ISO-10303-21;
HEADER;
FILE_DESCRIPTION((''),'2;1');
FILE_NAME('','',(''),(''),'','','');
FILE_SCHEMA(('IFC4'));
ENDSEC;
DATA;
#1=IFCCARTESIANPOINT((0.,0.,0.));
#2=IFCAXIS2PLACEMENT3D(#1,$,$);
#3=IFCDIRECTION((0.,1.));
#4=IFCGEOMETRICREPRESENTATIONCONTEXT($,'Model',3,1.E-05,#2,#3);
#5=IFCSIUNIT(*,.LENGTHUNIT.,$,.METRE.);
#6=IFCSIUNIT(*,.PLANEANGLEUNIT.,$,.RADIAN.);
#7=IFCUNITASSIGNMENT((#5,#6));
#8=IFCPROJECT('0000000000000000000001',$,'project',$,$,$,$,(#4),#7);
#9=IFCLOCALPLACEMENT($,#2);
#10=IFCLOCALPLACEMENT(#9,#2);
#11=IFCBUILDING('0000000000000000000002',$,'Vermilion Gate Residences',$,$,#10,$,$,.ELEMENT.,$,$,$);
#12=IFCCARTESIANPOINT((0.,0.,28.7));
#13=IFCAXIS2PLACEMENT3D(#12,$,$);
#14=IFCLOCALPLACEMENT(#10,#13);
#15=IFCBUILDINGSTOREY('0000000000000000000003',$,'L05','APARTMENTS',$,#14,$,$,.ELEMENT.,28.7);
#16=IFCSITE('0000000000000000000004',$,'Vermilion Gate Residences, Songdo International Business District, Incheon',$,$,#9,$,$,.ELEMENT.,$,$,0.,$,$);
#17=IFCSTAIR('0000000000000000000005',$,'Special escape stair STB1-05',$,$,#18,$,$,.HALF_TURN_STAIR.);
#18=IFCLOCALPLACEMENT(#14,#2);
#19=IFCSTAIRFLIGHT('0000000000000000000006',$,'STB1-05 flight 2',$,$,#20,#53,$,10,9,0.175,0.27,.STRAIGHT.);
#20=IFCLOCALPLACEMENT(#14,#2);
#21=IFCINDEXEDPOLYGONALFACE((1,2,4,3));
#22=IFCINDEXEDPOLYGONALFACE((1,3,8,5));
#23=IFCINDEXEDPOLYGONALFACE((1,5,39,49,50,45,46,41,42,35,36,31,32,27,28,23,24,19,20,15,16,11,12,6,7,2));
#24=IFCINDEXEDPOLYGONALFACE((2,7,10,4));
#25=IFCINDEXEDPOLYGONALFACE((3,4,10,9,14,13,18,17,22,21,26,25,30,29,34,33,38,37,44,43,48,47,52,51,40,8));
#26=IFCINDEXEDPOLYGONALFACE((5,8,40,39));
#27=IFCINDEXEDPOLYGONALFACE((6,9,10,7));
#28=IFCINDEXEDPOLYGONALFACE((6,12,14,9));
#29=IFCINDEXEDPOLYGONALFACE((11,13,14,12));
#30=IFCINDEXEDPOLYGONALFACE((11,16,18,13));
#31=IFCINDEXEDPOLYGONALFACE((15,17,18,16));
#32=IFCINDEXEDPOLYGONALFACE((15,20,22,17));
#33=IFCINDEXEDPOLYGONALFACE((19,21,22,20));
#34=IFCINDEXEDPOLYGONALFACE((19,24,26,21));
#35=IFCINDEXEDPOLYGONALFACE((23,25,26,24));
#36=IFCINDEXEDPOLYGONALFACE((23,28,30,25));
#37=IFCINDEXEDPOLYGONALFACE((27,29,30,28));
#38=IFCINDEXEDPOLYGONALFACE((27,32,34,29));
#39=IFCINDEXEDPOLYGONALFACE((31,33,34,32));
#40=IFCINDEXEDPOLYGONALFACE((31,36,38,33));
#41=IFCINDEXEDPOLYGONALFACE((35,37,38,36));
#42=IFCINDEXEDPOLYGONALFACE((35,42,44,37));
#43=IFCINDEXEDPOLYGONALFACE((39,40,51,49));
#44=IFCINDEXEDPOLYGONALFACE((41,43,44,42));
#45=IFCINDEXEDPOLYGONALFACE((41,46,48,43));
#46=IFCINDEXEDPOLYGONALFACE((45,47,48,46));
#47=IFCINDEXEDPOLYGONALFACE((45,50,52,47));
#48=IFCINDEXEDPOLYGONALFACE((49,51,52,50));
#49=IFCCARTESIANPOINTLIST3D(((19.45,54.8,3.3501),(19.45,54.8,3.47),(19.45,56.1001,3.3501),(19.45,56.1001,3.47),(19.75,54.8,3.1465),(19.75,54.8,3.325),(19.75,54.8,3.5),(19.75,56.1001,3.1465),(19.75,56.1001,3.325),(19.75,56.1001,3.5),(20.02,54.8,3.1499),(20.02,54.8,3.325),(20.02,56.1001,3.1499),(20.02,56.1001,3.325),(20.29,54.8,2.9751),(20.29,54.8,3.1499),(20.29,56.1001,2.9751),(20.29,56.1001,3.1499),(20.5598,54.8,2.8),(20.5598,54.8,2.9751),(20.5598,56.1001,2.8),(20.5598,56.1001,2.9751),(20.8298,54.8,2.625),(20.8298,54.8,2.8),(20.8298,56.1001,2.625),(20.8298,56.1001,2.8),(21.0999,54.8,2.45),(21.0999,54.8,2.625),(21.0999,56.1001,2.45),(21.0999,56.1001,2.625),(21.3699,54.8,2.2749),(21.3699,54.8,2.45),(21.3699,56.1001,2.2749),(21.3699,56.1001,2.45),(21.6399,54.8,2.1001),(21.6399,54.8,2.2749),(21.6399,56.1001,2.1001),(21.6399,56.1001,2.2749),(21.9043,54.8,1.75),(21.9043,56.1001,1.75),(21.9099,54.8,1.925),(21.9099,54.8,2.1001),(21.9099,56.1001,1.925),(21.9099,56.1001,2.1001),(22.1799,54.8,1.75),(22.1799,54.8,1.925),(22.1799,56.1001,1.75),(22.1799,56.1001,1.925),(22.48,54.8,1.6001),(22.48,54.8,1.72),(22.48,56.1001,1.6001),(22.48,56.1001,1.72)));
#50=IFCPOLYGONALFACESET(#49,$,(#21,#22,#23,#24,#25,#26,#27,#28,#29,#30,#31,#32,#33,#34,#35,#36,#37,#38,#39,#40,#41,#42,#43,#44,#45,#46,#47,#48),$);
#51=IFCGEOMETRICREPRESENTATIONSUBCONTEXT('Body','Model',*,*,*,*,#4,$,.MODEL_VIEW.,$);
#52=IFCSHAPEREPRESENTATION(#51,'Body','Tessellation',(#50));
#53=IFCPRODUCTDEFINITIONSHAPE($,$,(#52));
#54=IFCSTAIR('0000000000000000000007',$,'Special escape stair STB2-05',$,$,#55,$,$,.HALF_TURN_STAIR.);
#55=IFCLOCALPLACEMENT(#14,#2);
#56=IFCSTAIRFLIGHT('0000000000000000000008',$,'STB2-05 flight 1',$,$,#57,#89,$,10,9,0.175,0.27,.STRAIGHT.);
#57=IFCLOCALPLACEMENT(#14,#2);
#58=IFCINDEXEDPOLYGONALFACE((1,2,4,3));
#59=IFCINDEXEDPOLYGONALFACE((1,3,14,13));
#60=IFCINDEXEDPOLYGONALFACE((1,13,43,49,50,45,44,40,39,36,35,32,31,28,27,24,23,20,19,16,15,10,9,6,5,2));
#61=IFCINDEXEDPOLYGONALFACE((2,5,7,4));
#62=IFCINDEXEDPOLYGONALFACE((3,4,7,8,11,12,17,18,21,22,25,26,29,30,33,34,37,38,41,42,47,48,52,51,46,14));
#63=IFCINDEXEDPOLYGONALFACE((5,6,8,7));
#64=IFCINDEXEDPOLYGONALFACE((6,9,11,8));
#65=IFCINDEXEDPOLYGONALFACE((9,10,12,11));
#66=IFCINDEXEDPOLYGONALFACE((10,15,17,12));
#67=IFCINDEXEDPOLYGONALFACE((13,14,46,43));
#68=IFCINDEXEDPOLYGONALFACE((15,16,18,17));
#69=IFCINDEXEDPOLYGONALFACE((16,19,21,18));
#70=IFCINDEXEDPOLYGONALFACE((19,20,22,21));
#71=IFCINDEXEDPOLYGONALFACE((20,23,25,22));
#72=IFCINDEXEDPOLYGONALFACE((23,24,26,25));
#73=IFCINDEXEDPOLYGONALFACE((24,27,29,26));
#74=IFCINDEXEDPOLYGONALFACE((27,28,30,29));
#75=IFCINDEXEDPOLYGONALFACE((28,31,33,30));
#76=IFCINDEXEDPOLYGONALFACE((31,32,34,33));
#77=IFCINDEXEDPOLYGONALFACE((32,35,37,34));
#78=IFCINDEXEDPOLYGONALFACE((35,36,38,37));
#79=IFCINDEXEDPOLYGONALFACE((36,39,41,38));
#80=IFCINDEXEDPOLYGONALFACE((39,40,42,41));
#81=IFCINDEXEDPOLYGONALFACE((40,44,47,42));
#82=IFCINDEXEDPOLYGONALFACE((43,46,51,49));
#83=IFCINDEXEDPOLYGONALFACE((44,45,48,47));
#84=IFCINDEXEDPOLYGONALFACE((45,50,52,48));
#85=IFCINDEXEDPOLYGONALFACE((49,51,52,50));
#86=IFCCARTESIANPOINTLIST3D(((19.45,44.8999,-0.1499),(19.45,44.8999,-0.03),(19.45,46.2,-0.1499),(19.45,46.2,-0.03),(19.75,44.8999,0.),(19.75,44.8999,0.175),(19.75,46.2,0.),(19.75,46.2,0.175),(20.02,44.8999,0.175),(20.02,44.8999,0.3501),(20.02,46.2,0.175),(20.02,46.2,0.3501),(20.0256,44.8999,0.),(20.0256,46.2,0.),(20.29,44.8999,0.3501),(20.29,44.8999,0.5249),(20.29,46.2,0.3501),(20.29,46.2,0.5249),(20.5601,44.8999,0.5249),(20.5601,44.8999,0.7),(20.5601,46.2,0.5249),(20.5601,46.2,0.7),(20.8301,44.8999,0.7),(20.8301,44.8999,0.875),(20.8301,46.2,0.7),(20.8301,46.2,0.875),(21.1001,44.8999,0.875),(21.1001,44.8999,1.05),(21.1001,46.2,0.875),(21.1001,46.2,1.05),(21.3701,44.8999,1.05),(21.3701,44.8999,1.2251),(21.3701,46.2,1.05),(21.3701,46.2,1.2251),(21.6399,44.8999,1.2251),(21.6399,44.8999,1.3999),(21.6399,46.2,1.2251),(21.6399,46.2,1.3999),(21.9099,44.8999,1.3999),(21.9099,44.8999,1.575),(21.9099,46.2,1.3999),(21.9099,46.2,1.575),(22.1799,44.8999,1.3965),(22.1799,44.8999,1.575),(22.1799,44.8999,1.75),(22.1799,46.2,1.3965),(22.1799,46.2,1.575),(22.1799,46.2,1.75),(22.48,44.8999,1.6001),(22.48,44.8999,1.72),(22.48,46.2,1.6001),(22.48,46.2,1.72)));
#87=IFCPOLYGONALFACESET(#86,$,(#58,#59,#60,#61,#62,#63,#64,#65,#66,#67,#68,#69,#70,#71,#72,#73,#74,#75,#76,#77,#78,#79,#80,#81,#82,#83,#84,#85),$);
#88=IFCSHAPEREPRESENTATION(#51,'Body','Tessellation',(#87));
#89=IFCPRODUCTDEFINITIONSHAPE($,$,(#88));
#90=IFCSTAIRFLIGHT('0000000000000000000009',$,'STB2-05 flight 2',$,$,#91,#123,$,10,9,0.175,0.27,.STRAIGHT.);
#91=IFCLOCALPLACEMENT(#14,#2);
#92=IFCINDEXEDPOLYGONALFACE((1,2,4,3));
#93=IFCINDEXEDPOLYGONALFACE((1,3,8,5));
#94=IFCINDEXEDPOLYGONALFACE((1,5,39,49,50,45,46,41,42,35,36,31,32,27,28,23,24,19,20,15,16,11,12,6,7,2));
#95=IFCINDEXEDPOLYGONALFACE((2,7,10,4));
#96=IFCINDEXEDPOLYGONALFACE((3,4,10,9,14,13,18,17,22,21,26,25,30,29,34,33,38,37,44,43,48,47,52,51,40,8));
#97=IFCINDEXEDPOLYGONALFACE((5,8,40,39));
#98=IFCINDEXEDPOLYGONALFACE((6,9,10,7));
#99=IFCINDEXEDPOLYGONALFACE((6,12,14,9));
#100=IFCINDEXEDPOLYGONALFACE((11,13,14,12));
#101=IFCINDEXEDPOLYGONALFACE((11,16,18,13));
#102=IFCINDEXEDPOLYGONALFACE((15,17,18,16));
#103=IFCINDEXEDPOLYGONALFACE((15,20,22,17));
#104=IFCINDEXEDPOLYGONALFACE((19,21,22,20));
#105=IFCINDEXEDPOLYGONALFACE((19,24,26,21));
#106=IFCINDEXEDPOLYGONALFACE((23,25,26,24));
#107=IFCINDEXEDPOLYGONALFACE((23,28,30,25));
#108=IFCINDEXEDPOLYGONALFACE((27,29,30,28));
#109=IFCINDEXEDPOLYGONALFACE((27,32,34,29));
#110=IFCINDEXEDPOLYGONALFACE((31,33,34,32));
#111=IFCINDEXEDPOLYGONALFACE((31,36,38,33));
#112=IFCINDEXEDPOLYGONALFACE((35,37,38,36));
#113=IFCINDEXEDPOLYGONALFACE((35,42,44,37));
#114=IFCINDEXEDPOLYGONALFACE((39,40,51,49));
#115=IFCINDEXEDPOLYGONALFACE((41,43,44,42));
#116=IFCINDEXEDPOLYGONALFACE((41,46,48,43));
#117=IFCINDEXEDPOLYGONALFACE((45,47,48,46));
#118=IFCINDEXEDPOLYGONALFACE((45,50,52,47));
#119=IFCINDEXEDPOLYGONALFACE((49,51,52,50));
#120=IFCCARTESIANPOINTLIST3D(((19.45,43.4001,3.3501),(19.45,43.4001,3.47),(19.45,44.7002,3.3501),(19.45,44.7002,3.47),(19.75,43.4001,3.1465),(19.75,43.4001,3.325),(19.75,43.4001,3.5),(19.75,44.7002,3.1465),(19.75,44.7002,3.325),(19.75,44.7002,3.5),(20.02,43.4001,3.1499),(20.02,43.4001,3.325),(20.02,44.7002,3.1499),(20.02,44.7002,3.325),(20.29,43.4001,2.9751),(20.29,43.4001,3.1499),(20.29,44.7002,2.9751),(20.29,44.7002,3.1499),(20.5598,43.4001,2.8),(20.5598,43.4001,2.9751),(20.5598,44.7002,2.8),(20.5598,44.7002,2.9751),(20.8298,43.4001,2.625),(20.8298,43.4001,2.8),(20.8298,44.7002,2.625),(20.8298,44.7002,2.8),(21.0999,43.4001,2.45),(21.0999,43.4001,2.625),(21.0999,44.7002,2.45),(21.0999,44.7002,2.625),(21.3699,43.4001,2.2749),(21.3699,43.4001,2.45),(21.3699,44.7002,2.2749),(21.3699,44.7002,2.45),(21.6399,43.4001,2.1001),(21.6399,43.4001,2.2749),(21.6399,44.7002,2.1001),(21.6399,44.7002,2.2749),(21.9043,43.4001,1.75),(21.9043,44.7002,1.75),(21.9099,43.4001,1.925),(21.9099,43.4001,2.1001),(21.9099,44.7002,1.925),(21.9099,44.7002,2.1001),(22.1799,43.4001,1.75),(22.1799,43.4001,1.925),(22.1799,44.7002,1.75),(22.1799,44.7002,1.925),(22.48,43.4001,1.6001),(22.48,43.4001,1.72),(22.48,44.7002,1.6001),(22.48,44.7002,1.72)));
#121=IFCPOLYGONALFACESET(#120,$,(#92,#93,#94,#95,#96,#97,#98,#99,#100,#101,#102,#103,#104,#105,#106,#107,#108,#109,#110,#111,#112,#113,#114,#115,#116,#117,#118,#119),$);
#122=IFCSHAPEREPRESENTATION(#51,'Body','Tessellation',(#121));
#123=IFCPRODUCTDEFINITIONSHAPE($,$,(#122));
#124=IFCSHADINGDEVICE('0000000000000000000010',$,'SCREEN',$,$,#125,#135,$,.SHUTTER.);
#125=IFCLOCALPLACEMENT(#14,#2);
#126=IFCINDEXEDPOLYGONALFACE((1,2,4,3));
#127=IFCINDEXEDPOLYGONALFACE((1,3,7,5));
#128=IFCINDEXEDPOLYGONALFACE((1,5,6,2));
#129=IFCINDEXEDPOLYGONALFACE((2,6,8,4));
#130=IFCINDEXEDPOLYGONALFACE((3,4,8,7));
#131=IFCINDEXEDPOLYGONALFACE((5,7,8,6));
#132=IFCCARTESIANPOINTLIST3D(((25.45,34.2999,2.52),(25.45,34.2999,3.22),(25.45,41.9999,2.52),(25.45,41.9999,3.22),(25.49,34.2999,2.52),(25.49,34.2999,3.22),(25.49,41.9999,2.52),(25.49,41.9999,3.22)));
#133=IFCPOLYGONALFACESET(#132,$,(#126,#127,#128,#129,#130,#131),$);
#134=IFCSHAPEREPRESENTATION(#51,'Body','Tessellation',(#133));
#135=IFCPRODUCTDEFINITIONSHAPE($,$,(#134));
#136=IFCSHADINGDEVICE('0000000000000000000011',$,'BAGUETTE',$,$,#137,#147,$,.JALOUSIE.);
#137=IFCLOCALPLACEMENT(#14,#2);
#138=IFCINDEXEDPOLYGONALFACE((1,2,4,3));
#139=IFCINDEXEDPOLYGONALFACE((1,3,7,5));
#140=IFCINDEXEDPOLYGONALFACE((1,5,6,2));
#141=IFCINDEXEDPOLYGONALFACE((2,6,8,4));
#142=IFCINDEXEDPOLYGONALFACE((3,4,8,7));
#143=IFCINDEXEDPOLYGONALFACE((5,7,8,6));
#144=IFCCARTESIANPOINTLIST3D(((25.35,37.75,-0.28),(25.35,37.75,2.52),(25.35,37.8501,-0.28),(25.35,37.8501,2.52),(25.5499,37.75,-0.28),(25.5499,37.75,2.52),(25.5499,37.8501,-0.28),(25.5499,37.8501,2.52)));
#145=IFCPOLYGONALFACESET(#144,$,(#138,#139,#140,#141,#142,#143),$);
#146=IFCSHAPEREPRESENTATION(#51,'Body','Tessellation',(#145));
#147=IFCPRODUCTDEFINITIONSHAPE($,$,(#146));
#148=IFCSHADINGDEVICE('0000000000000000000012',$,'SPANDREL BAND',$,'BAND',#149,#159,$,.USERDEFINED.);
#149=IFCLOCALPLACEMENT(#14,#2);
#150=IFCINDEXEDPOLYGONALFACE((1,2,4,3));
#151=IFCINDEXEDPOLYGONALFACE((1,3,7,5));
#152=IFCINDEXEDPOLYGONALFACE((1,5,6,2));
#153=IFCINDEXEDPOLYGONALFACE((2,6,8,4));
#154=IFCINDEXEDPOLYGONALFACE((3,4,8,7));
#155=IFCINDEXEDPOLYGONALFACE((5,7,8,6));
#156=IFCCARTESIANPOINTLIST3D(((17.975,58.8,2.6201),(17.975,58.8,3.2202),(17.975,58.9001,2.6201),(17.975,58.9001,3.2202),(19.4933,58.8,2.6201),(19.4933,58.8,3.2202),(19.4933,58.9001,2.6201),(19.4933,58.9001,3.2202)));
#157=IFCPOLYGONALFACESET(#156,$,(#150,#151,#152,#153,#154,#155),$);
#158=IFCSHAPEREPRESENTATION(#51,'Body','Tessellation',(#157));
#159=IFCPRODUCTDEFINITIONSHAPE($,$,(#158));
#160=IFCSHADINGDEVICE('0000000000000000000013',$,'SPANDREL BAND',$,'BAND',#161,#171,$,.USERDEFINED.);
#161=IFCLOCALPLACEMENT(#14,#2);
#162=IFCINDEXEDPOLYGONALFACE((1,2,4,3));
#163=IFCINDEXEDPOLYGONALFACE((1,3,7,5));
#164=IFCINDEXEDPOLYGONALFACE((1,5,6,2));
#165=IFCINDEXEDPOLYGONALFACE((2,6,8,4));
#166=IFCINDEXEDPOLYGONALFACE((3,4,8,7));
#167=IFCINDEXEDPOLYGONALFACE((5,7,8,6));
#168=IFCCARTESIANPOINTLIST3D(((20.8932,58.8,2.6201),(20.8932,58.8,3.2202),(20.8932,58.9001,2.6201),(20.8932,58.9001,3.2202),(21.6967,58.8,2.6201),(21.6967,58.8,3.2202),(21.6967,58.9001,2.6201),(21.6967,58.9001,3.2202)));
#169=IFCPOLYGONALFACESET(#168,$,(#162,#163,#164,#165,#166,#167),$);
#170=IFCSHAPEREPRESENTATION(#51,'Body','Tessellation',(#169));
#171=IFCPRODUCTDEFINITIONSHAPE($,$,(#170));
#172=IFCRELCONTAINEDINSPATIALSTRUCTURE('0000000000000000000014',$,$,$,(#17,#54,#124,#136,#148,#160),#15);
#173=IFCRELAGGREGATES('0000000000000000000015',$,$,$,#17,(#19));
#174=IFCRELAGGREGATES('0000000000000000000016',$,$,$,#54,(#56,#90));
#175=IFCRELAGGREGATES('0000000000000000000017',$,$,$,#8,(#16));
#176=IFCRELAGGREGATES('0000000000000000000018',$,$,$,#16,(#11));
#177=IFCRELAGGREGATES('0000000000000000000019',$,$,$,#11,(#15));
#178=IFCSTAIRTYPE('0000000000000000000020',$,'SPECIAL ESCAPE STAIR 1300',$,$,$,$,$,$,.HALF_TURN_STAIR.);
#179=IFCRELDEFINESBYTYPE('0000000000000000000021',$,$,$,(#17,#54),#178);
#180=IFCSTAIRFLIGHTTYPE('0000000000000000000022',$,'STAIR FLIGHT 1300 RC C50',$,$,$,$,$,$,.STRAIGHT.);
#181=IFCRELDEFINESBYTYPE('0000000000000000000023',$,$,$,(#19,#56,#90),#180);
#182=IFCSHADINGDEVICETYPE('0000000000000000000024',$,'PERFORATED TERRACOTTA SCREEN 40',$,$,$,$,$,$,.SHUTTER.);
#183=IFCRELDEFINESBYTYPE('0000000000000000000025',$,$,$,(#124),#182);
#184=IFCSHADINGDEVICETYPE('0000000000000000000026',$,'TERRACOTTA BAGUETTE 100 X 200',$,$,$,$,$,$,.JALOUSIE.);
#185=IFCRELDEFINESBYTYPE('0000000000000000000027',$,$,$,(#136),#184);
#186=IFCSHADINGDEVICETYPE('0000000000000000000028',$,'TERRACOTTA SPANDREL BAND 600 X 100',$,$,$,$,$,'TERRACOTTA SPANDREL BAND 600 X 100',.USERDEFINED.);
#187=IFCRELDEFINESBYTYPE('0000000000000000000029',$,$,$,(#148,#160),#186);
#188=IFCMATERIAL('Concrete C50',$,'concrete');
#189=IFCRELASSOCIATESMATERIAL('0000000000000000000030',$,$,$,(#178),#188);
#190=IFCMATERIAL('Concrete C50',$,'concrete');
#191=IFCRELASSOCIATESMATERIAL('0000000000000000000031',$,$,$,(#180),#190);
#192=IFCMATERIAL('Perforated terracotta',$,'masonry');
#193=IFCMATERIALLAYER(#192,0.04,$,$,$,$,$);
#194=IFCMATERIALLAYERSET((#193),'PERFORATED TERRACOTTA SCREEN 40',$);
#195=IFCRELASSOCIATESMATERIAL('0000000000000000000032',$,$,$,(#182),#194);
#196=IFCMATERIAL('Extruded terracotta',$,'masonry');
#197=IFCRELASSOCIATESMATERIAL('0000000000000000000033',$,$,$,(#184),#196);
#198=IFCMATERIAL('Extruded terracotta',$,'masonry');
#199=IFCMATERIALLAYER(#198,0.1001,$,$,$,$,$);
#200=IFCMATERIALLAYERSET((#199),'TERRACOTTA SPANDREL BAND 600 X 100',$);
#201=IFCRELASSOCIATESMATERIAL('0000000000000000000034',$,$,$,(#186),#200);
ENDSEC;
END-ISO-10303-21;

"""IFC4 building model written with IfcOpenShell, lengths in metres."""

from ifc_helpers import new_model, si_unit, direction, frame, origin, origin_2d, place, context, subcontext, project, spatial, polyline, rectangle, outline, extrude, material, layer, layer_set, material_profile, profile_set, type_object, element, aggregate, save


model = new_model("IFC4")

# Units and contexts
model_context = context("Model", 3, precision=1e-05, world=origin(), true_north=direction((0.0, 1.0)))
body_context = subcontext(model_context, "Body", "Model", "MODEL_VIEW")
ifc_project = project(units=[si_unit("LENGTHUNIT", "METRE"), si_unit("PLANEANGLEUNIT", "RADIAN")], contexts=[model_context])

# Site, building, storey
site_placement = place(None, origin())
site = spatial("IfcSite", under=ifc_project, at=site_placement, Name="Vermilion Gate Residences, Songdo International Business District, Incheon", CompositionType="ELEMENT", RefElevation=0.0)
building_placement = place(site_placement, origin())
building = spatial("IfcBuilding", under=site, at=building_placement, Name="Vermilion Gate Residences", CompositionType="ELEMENT")
storey_placement = place(building_placement, frame((0.0, 0.0, 28.7)))
storey = spatial("IfcBuildingStorey", under=building, at=storey_placement, Name="L05", Description="APARTMENTS", CompositionType="ELEMENT", Elevation=28.7)

# Stairs, stair flights
ifc_material_1 = material(Name="Concrete C50", Category="concrete")
stair_type = type_object("IfcStairType", Name="SPECIAL ESCAPE STAIR 1300", PredefinedType="HALF_TURN_STAIR", material=ifc_material_1)
stair_1_placement = place(storey_placement, origin())
stair_1 = element("IfcStair", 1, at=stair_1_placement, inside=storey, type_object=stair_type, Name="Special escape stair STB1-05", PredefinedType="HALF_TURN_STAIR")
ifc_material_2 = material(Name="Concrete C50", Category="concrete")
stair_flight_type = type_object("IfcStairFlightType", Name="STAIR FLIGHT 1300 RC C50", PredefinedType="STRAIGHT", material=ifc_material_2)
stair_flight_1_placement = place(storey_placement, frame((22.1799, 55.45, 1.75), z_axis=(0.0, 0.0, 1.0), x_axis=(-1.0, 0.0, 0.0)))
stair_flight_1 = element("IfcStairFlight", 2, at=stair_flight_1_placement, type_object=stair_flight_type, Name="STB1-05 flight 2", NumberOfRisers=10, NumberOfTreads=9, PredefinedType="STRAIGHT", RiserHeight=0.175, TreadLength=0.27, context=body_context, shape_type="SweptSolid", body=[
    extrude(outline(polyline([(-0.3, -0.1499), (-0.3, -0.03), (0.0, 0.0), (0.0, 0.175), (0.27, 0.175), (0.27, 0.3501), (0.54, 0.3501), (0.54, 0.5249), (0.8101, 0.5249), (0.8101, 0.7), (1.0801, 0.7), (1.0801, 0.875), (1.3501, 0.875), (1.3501, 1.05), (1.6201, 1.05), (1.6201, 1.2251), (1.8899, 1.2251), (1.8899, 1.3999), (2.1599, 1.3999), (2.1599, 1.575), (2.4299, 1.575), (2.4299, 1.75), (2.73, 1.72), (2.73, 1.6001), (2.4299, 1.3965), (0.2756, 0.0), (-0.3, -0.1499)])), frame((0.0, 0.6499, 0.0), z_axis=(0.0, -1.0, 0.0), x_axis=(1.0, 0.0, 0.0)), (0.0, 0.0, 1.0), 1.3),
])
aggregate(stair_1, [stair_flight_1])
stair_2_placement = place(storey_placement, origin())
stair_2 = element("IfcStair", 3, at=stair_2_placement, inside=storey, type_object=stair_type, Name="Special escape stair STB2-05", PredefinedType="HALF_TURN_STAIR")
stair_flight_2_placement = place(storey_placement, frame((19.75, 45.55, 0.0), z_axis=(0.0, 0.0, 1.0), x_axis=(1.0, 0.0, 0.0)))
stair_flight_2 = element("IfcStairFlight", 4, at=stair_flight_2_placement, type_object=stair_flight_type, Name="STB2-05 flight 1", NumberOfRisers=10, NumberOfTreads=9, PredefinedType="STRAIGHT", RiserHeight=0.175, TreadLength=0.27, context=body_context, shape_type="SweptSolid", body=[
    extrude(outline(polyline([(-0.3, -0.1499), (-0.3, -0.03), (0.0, 0.0), (0.0, 0.175), (0.27, 0.175), (0.27, 0.3501), (0.54, 0.3501), (0.54, 0.5249), (0.8101, 0.5249), (0.8101, 0.7), (1.0801, 0.7), (1.0801, 0.875), (1.3501, 0.875), (1.3501, 1.05), (1.6201, 1.05), (1.6201, 1.2251), (1.8899, 1.2251), (1.8899, 1.3999), (2.1599, 1.3999), (2.1599, 1.575), (2.4299, 1.575), (2.4299, 1.75), (2.73, 1.72), (2.73, 1.6001), (2.4299, 1.3965), (0.2756, 0.0), (-0.3, -0.1499)])), frame((0.0, 0.6499, 0.0), z_axis=(0.0, -1.0, 0.0), x_axis=(1.0, 0.0, 0.0)), (0.0, 0.0, 1.0), 1.3),
])
stair_flight_3_placement = place(storey_placement, frame((22.1799, 44.05, 1.75), z_axis=(0.0, 0.0, 1.0), x_axis=(-1.0, 0.0, 0.0)))
stair_flight_3 = element("IfcStairFlight", 5, at=stair_flight_3_placement, type_object=stair_flight_type, Name="STB2-05 flight 2", NumberOfRisers=10, NumberOfTreads=9, PredefinedType="STRAIGHT", RiserHeight=0.175, TreadLength=0.27, context=body_context, shape_type="SweptSolid", body=[
    extrude(outline(polyline([(-0.3, -0.1499), (-0.3, -0.03), (0.0, 0.0), (0.0, 0.175), (0.27, 0.175), (0.27, 0.3501), (0.54, 0.3501), (0.54, 0.5249), (0.8101, 0.5249), (0.8101, 0.7), (1.0801, 0.7), (1.0801, 0.875), (1.3501, 0.875), (1.3501, 1.05), (1.6201, 1.05), (1.6201, 1.2251), (1.8899, 1.2251), (1.8899, 1.3999), (2.1599, 1.3999), (2.1599, 1.575), (2.4299, 1.575), (2.4299, 1.75), (2.73, 1.72), (2.73, 1.6001), (2.4299, 1.3965), (0.2756, 0.0), (-0.3, -0.1499)])), frame((0.0, 0.6499, 0.0), z_axis=(0.0, -1.0, 0.0), x_axis=(1.0, 0.0, 0.0)), (0.0, 0.0, 1.0), 1.3),
])
aggregate(stair_2, [stair_flight_2, stair_flight_3])

# Shading device
ifc_material_3 = material(Name="Perforated terracotta", Category="masonry")
ifc_layer_1 = layer(ifc_material_3, 0.04)
ifc_layer_set_1 = layer_set([ifc_layer_1], Name="PERFORATED TERRACOTTA SCREEN 40")
shading_device_type_1 = type_object("IfcShadingDeviceType", Name="PERFORATED TERRACOTTA SCREEN 40", PredefinedType="SHUTTER", material=ifc_layer_set_1)
shading_device_1_placement = place(storey_placement, frame((25.47, 38.1499, 2.52), z_axis=(0.0, 0.0, 1.0), x_axis=(0.0, 1.0, 0.0)))
element("IfcShadingDevice", 6, at=shading_device_1_placement, inside=storey, type_object=shading_device_type_1, Name="SCREEN", PredefinedType="SHUTTER", context=body_context, shape_type="SweptSolid", body=[
    extrude(rectangle(XDim=7.7, YDim=0.04, at=origin_2d()), origin(), (0.0, 0.0, 1.0), 0.7),
])

# Shading devices
ifc_material_4 = material(Name="Extruded terracotta", Category="masonry")
ifc_material_profile = material_profile(ifc_material_4, rectangle(XDim=0.2, YDim=0.1001, at=origin_2d()), Name="BAGUETTE 100 X 200")
ifc_profile_set = profile_set([ifc_material_profile], Name="Extruded terracotta")
shading_device_type_2 = type_object("IfcShadingDeviceType", Name="TERRACOTTA BAGUETTE 100 X 200", PredefinedType="JALOUSIE", material=ifc_profile_set)
shading_device_2_placement = place(storey_placement, frame((25.45, 37.8, -0.28), z_axis=(0.0, 0.0, 1.0), x_axis=(-1.0, 0.0, 0.0)))
element("IfcShadingDevice", 7, at=shading_device_2_placement, inside=storey, type_object=shading_device_type_2, Name="BAGUETTE", PredefinedType="JALOUSIE", context=body_context, shape_type="SweptSolid", body=[
    extrude(rectangle(XDim=0.2, YDim=0.1001, at=origin_2d()), origin(), (0.0, 0.0, 1.0), 2.8),
])
ifc_material_5 = material(Name="Extruded terracotta", Category="masonry")
ifc_layer_2 = layer(ifc_material_5, 0.1001)
ifc_layer_set_2 = layer_set([ifc_layer_2], Name="TERRACOTTA SPANDREL BAND 600 X 100")
shading_device_type_3 = type_object("IfcShadingDeviceType", Name="TERRACOTTA SPANDREL BAND 600 X 100", ElementType="TERRACOTTA SPANDREL BAND 600 X 100", PredefinedType="USERDEFINED", material=ifc_layer_set_2)
shading_device_3_placement = place(storey_placement, frame((18.7341, 58.8501, 2.6201), z_axis=(0.0, 0.0, 1.0), x_axis=(1.0, 0.0, 0.0)))
element("IfcShadingDevice", 8, at=shading_device_3_placement, inside=storey, type_object=shading_device_type_3, Name="SPANDREL BAND", ObjectType="BAND", PredefinedType="USERDEFINED", context=body_context, shape_type="SweptSolid", body=[
    extrude(rectangle(XDim=1.5183, YDim=0.1001, at=origin_2d()), origin(), (0.0, 0.0, 1.0), 0.6001),
])
shading_device_4_placement = place(storey_placement, frame((21.2949, 58.8501, 2.6201), z_axis=(0.0, 0.0, 1.0), x_axis=(1.0, 0.0, 0.0)))
element("IfcShadingDevice", 9, at=shading_device_4_placement, inside=storey, type_object=shading_device_type_3, Name="SPANDREL BAND", ObjectType="BAND", PredefinedType="USERDEFINED", context=body_context, shape_type="SweptSolid", body=[
    extrude(rectangle(XDim=0.8035, YDim=0.1001, at=origin_2d()), origin(), (0.0, 0.0, 1.0), 0.6001),
])

save(model, "model.ifc")
